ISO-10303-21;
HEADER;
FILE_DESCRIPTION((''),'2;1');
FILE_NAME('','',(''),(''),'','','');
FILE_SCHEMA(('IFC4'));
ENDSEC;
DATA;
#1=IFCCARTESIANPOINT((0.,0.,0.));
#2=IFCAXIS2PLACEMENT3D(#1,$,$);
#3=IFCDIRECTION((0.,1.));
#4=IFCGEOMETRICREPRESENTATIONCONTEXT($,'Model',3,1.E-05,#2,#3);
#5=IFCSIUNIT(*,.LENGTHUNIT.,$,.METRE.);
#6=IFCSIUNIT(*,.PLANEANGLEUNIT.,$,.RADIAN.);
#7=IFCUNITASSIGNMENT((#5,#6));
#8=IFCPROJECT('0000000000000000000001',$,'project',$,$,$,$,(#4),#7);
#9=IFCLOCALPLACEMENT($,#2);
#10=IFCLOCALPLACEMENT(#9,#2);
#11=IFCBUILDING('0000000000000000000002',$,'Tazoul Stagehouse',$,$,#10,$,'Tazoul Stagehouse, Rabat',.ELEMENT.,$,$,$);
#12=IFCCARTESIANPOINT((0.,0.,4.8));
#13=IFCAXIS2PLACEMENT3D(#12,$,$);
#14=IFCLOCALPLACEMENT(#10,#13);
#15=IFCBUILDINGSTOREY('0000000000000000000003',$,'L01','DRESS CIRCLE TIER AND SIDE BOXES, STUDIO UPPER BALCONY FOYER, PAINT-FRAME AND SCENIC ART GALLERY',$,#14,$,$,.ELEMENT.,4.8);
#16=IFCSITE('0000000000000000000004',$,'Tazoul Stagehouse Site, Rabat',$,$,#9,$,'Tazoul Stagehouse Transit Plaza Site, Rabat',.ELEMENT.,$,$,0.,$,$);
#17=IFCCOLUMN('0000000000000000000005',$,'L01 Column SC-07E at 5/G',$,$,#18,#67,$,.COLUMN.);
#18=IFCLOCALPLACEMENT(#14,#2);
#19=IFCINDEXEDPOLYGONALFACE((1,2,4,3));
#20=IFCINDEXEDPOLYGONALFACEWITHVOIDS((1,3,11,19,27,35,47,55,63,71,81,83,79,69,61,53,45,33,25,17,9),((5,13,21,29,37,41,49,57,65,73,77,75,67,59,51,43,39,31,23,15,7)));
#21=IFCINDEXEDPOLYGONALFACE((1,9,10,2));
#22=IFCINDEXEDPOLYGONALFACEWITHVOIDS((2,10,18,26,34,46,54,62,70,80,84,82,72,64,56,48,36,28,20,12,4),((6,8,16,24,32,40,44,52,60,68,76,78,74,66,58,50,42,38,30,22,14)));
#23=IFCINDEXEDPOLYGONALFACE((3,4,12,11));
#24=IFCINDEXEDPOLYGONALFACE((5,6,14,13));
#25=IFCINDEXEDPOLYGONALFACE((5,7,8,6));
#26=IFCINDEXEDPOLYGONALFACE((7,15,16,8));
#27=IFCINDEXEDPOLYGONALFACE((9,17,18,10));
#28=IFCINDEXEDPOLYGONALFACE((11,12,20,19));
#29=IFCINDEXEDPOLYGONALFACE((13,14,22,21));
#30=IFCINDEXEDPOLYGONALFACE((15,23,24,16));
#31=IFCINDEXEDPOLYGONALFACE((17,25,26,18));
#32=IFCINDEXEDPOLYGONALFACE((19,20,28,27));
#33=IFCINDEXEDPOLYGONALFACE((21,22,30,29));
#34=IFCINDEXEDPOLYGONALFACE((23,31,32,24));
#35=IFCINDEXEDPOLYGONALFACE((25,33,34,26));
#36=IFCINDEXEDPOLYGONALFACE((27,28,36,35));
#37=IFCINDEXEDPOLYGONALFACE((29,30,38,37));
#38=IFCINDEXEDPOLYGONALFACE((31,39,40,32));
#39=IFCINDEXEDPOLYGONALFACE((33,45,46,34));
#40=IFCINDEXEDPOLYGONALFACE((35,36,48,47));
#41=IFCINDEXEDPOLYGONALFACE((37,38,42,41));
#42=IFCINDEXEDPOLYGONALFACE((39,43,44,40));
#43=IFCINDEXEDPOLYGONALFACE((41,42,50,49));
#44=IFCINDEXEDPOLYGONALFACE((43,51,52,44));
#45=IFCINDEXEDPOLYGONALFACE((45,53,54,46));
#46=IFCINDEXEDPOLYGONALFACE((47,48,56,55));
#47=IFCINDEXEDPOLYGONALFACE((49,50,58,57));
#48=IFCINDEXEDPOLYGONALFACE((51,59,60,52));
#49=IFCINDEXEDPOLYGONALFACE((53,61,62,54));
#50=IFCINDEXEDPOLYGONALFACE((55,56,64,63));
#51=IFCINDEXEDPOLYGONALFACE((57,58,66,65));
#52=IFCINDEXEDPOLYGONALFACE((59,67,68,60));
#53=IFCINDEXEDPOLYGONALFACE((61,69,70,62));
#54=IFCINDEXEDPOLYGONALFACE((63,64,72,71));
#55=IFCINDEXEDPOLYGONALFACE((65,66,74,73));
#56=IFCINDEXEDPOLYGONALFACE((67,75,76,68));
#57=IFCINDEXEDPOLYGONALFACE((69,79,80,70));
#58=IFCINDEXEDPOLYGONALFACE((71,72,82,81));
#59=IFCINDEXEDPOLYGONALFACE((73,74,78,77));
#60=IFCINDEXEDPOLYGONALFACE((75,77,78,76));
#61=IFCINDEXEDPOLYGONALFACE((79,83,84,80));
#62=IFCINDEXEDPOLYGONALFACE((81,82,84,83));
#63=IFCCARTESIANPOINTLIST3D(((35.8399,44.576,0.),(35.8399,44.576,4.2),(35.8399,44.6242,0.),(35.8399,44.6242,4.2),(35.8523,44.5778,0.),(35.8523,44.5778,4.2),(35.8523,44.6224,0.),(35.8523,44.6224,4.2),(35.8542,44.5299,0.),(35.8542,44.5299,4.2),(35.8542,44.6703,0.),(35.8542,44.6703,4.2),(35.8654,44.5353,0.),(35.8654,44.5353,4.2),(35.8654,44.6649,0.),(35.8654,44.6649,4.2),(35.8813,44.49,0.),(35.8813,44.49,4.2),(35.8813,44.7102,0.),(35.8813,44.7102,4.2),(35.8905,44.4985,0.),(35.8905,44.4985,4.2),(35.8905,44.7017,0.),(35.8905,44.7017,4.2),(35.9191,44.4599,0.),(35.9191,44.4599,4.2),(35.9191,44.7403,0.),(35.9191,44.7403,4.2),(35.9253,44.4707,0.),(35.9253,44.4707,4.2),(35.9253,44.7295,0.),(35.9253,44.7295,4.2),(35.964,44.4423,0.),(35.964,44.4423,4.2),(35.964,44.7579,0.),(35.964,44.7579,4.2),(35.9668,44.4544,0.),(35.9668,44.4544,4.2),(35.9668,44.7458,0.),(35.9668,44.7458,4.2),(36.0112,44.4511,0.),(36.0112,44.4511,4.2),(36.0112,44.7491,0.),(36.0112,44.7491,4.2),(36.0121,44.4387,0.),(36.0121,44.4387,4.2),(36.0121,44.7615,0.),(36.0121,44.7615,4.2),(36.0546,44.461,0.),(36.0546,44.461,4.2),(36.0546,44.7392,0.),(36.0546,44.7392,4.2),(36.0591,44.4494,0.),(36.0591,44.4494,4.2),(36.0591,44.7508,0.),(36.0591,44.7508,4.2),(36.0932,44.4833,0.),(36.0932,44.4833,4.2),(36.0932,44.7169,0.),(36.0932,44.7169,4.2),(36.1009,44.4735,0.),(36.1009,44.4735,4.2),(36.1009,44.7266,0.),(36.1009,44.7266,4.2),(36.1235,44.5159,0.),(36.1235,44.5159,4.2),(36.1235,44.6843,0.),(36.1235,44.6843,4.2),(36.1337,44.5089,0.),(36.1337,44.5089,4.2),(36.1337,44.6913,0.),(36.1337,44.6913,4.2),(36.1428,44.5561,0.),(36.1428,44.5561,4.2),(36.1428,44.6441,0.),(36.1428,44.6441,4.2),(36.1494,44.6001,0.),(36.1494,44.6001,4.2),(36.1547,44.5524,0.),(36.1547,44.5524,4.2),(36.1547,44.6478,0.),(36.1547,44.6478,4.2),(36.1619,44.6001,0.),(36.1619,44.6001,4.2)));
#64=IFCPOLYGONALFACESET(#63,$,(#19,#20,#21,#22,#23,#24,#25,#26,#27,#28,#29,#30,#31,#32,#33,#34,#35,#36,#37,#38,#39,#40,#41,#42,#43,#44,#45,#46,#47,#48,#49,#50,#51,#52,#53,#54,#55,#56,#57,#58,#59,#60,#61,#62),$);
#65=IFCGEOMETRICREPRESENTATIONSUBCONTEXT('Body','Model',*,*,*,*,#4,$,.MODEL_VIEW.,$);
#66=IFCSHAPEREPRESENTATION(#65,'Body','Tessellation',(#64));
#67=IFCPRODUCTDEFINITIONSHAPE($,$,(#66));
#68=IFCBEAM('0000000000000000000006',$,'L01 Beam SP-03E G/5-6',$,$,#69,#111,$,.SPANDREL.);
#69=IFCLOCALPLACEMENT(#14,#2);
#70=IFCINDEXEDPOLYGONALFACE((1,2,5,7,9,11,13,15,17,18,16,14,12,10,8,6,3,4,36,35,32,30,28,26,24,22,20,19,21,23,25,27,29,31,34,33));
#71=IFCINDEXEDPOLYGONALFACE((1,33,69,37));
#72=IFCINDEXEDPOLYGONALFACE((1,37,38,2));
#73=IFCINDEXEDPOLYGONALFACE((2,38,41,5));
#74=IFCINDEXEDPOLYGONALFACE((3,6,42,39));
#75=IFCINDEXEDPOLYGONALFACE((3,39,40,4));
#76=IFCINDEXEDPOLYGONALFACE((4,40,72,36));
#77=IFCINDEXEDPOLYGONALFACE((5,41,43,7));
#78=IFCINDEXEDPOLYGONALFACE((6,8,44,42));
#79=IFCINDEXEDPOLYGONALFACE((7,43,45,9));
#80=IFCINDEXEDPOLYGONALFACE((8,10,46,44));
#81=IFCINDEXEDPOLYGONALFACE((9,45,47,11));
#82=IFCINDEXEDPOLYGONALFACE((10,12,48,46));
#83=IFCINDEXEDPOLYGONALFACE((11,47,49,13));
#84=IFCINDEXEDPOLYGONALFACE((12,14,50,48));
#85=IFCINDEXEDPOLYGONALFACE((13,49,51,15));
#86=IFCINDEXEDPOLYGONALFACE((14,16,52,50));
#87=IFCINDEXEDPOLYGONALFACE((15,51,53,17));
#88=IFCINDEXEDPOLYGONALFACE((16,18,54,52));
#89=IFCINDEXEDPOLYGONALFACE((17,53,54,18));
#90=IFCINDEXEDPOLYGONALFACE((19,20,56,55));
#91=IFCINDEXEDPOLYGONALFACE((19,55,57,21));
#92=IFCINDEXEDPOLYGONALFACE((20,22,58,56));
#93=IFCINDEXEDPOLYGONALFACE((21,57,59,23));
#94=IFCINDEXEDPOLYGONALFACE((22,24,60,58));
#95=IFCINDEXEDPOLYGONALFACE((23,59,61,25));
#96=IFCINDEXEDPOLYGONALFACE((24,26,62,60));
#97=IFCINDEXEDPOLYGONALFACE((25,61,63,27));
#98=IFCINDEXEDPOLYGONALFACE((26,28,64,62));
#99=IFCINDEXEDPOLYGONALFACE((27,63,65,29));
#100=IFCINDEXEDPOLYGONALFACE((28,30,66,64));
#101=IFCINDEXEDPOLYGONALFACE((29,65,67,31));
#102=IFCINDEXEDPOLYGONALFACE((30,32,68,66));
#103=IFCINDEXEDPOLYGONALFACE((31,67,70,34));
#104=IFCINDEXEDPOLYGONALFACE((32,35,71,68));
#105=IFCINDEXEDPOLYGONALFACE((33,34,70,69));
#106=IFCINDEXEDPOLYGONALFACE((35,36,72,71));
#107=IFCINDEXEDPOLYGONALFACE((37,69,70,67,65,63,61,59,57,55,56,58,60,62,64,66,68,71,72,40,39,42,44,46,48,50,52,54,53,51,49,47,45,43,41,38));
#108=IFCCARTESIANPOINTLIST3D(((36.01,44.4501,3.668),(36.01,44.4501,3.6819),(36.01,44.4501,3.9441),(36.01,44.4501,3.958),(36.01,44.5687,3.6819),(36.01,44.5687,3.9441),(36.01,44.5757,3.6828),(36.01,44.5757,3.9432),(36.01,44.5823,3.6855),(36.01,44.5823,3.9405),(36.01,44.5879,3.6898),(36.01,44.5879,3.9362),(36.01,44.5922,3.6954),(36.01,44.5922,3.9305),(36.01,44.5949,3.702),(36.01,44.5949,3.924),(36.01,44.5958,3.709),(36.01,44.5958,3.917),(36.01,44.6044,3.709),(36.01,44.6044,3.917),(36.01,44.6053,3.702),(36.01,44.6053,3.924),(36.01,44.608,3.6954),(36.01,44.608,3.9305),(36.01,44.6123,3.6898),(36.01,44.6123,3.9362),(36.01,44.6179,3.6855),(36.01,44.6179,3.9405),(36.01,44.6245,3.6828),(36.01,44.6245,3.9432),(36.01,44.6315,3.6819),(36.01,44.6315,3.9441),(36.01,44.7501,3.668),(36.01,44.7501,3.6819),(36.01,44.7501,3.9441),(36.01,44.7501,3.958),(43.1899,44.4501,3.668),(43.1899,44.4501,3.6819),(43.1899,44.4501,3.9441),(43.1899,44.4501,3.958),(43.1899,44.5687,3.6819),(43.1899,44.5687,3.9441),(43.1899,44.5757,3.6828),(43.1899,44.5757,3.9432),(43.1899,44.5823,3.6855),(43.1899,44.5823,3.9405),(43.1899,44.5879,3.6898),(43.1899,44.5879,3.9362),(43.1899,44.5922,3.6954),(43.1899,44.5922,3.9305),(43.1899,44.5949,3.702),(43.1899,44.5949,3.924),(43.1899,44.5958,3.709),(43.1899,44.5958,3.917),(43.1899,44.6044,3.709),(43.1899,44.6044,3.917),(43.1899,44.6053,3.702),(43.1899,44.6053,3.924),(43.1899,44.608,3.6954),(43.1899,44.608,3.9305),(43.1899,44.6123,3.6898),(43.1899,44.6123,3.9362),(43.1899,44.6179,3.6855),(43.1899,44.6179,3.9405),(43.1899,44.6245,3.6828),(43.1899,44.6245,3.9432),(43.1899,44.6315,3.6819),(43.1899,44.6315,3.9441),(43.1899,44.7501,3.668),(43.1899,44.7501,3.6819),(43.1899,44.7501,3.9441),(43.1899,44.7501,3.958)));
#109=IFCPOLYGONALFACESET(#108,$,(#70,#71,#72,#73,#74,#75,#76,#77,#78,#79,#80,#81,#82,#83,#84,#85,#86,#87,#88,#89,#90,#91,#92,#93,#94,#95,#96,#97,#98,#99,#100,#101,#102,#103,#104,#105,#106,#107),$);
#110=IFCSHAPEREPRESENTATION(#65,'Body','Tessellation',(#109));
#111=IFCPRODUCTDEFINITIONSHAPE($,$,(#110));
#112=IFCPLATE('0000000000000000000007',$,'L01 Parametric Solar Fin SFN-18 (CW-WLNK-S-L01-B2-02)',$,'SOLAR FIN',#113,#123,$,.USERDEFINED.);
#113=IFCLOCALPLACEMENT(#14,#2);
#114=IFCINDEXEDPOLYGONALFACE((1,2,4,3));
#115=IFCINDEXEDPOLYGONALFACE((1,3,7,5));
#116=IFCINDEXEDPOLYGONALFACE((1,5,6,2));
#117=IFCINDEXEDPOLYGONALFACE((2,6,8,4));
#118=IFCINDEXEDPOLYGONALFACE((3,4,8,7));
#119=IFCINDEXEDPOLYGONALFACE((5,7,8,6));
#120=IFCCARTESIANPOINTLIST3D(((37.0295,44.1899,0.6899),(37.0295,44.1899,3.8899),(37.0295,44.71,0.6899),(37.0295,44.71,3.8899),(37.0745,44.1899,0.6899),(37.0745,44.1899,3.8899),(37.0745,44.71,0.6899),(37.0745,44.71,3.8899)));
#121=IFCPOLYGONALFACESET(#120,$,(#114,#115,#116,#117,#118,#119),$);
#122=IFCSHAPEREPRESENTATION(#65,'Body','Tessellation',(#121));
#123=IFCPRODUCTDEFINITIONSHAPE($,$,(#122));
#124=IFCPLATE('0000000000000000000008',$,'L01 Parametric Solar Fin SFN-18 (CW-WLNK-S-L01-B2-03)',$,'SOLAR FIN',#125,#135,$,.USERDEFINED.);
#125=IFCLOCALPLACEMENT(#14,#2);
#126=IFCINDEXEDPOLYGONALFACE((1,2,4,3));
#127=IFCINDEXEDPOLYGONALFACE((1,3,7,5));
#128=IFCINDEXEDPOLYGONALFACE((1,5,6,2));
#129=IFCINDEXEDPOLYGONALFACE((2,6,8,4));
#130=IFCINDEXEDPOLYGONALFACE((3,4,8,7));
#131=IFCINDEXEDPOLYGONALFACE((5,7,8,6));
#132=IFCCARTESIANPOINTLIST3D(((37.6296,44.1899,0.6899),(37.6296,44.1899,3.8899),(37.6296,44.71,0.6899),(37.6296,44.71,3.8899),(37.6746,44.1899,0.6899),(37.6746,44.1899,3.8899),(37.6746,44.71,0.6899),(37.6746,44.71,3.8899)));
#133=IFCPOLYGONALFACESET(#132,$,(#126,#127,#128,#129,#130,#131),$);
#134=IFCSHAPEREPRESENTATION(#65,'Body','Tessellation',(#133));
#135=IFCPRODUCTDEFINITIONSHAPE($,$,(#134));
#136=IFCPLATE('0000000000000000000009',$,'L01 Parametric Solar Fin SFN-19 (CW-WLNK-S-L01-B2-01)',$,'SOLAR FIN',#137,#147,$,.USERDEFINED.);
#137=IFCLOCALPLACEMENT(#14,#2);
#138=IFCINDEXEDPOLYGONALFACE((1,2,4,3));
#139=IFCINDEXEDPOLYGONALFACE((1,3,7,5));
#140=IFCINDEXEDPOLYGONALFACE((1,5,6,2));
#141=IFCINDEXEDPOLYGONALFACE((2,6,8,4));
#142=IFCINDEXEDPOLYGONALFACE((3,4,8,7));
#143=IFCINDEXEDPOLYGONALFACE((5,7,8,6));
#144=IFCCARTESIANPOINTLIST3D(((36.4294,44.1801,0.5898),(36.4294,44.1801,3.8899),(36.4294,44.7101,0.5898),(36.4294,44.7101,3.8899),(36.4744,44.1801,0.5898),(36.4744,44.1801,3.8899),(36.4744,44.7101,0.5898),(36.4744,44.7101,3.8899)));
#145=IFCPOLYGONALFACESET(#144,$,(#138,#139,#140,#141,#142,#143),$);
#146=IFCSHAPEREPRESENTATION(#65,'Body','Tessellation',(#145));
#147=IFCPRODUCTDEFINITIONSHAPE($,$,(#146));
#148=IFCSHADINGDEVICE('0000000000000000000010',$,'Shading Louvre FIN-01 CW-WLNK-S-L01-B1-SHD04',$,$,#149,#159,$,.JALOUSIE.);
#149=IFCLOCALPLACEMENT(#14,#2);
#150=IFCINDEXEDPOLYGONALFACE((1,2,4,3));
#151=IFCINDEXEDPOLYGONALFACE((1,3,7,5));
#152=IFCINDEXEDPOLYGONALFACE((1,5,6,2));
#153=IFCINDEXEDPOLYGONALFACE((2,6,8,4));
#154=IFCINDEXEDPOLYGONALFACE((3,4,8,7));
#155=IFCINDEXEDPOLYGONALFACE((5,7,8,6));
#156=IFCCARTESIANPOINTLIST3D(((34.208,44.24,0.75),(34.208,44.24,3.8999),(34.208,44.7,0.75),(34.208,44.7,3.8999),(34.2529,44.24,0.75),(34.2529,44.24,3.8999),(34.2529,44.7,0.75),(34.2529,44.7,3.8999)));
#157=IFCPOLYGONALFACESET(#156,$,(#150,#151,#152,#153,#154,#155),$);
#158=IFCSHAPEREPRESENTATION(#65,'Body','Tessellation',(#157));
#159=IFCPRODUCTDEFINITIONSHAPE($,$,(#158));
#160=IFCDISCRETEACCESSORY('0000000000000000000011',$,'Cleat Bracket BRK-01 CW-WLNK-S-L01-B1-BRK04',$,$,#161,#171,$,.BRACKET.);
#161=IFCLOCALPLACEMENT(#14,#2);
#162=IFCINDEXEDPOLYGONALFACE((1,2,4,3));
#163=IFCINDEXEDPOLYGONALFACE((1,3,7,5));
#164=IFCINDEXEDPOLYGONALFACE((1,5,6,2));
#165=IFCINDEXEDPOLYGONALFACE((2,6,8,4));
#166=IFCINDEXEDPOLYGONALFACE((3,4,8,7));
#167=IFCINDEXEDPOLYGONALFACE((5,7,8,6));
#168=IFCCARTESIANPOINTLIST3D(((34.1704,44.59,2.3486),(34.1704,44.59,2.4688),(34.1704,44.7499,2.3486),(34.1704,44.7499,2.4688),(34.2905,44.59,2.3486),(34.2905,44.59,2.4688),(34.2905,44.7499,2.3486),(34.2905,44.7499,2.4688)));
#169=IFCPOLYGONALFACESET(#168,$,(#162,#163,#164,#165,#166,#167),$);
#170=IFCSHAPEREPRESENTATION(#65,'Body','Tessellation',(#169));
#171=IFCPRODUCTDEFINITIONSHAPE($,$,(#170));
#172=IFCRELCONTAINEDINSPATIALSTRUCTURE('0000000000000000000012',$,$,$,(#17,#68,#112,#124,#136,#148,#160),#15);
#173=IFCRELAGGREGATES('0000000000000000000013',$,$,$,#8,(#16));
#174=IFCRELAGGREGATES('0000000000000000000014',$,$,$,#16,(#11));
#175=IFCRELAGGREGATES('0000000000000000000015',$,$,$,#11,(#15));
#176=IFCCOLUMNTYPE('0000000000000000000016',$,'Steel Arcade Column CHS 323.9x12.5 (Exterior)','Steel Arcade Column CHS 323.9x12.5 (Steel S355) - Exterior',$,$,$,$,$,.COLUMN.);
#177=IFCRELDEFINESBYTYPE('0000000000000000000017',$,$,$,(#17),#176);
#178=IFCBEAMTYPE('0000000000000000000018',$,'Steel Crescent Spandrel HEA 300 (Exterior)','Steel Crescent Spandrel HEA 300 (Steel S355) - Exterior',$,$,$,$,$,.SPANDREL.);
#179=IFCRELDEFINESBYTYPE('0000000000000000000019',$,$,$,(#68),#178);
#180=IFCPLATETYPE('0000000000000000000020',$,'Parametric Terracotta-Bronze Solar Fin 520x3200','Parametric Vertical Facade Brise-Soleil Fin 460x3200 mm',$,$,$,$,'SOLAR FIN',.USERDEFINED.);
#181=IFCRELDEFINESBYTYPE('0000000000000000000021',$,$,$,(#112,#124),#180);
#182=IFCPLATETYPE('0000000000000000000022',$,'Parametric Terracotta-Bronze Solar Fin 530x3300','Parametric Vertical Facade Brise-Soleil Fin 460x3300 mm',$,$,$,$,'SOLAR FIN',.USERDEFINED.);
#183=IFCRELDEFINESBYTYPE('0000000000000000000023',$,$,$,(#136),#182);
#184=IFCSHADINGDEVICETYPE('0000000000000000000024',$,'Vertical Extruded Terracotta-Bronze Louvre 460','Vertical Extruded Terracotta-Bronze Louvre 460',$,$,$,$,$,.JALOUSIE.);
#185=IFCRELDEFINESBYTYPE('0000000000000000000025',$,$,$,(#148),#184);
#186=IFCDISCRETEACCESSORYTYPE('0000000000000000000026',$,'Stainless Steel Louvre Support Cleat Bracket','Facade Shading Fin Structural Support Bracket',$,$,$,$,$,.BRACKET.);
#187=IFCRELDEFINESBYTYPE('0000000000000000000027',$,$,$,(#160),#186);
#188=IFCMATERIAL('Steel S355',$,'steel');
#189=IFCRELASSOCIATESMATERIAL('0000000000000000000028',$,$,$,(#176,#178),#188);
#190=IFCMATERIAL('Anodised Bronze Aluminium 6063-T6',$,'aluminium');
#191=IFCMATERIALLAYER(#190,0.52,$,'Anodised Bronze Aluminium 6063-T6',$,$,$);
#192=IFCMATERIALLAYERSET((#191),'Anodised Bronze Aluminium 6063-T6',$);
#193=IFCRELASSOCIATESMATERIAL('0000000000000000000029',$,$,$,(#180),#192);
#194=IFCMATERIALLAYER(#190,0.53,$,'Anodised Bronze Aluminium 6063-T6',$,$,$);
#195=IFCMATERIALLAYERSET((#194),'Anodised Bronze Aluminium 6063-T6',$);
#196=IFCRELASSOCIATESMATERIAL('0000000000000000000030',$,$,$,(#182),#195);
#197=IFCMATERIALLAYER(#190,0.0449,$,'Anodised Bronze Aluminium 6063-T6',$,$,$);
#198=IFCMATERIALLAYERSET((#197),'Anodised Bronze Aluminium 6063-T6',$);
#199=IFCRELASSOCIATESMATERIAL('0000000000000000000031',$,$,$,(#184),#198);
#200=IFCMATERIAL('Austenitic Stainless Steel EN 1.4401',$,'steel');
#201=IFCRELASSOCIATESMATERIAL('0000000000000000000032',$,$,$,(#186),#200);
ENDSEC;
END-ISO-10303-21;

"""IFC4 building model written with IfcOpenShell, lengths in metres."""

from ifc_helpers import new_model, si_unit, direction, frame, origin, origin_2d, place, context, subcontext, project, spatial, rectangle, hollow_circle, i_section, extrude, material, layer, layer_set, material_profile, profile_set, type_object, element, save


model = new_model("IFC4")

# Units and contexts
model_context = context("Model", 3, precision=1e-05, world=origin(), true_north=direction((0.0, 1.0)))
body_context = subcontext(model_context, "Body", "Model", "MODEL_VIEW")
ifc_project = project(units=[si_unit("LENGTHUNIT", "METRE"), si_unit("PLANEANGLEUNIT", "RADIAN")], contexts=[model_context])

# Site, building, storey
site_placement = place(None, origin())
site = spatial("IfcSite", under=ifc_project, at=site_placement, Name="Tazoul Stagehouse Site, Rabat", LongName="Tazoul Stagehouse Transit Plaza Site, Rabat", CompositionType="ELEMENT", RefElevation=0.0)
building_placement = place(site_placement, origin())
building = spatial("IfcBuilding", under=site, at=building_placement, Name="Tazoul Stagehouse", LongName="Tazoul Stagehouse, Rabat", CompositionType="ELEMENT")
storey_placement = place(building_placement, frame((0.0, 0.0, 4.8)))
storey = spatial("IfcBuildingStorey", under=building, at=storey_placement, Name="L01", Description="DRESS CIRCLE TIER AND SIDE BOXES, STUDIO UPPER BALCONY FOYER, PAINT-FRAME AND SCENIC ART GALLERY", CompositionType="ELEMENT", Elevation=4.8)

# Column
ifc_material_1 = material(Name="Steel S355", Category="steel")
ifc_material_profile_1 = material_profile(ifc_material_1, hollow_circle(Radius=0.1619, WallThickness=0.0125, at=origin_2d()), Name="CHS 323.9x12.5")
ifc_profile_set_1 = profile_set([ifc_material_profile_1], Name="Steel S355")
column_type = type_object("IfcColumnType", Name="Steel Arcade Column CHS 323.9x12.5 (Exterior)", Description="Steel Arcade Column CHS 323.9x12.5 (Steel S355) - Exterior", PredefinedType="COLUMN", material=ifc_profile_set_1)
column_placement = place(storey_placement, frame((36.0, 44.6001, 0.0), z_axis=(0.0, 0.0, 1.0), x_axis=(1.0, 0.0, 0.0)))
element("IfcColumn", 1, at=column_placement, inside=storey, type_object=column_type, Name="L01 Column SC-07E at 5/G", PredefinedType="COLUMN", context=body_context, shape_type="SweptSolid", body=[
    extrude(hollow_circle(Radius=0.1619, WallThickness=0.0125, at=origin_2d()), origin(), (0.0, 0.0, 1.0), 4.2),
])

# Beam
ifc_material_profile_2 = material_profile(ifc_material_1, i_section(OverallWidth=0.3, OverallDepth=0.29, WebThickness=0.0085, FlangeThickness=0.0139, FilletRadius=0.0271, at=origin_2d()), Name="HEA 300")
ifc_profile_set_2 = profile_set([ifc_material_profile_2], Name="Steel S355")
beam_type = type_object("IfcBeamType", Name="Steel Crescent Spandrel HEA 300 (Exterior)", Description="Steel Crescent Spandrel HEA 300 (Steel S355) - Exterior", PredefinedType="SPANDREL", material=ifc_profile_set_2)
beam_placement = place(storey_placement, frame((36.01, 44.6001, 3.813), z_axis=(1.0, 0.0, 0.0), x_axis=(0.0, 1.0, 0.0)))
element("IfcBeam", 2, at=beam_placement, inside=storey, type_object=beam_type, Name="L01 Beam SP-03E G/5-6", PredefinedType="SPANDREL", context=body_context, shape_type="SweptSolid", body=[
    extrude(i_section(OverallWidth=0.3, OverallDepth=0.29, WebThickness=0.0085, FlangeThickness=0.0139, FilletRadius=0.0271, at=origin_2d()), origin(), (0.0, 0.0, 1.0), 7.1799),
])

# Plates
ifc_material_2 = material(Name="Anodised Bronze Aluminium 6063-T6", Category="aluminium")
ifc_layer_1 = layer(ifc_material_2, 0.52, Name="Anodised Bronze Aluminium 6063-T6")
ifc_layer_set_1 = layer_set([ifc_layer_1], Name="Anodised Bronze Aluminium 6063-T6")
plate_type_1 = type_object("IfcPlateType", Name="Parametric Terracotta-Bronze Solar Fin 520x3200", Description="Parametric Vertical Facade Brise-Soleil Fin 460x3200 mm", ElementType="SOLAR FIN", PredefinedType="USERDEFINED", material=ifc_layer_set_1)
for number, where, z_axis, x_axis, name in (
    (3, (37.052, 44.45, 0.6899), (0.0, 0.0, 1.0), (1.0, 0.0, 0.0), "L01 Parametric Solar Fin SFN-18 (CW-WLNK-S-L01-B2-02)"),
    (4, (37.6521, 44.45, 0.6899), (0.0, 0.0, 1.0), (1.0, 0.0, 0.0), "L01 Parametric Solar Fin SFN-18 (CW-WLNK-S-L01-B2-03)"),
):
    element("IfcPlate", number, at=place(storey_placement, frame(where, z_axis=z_axis, x_axis=x_axis)), inside=storey, type_object=plate_type_1, Name=name, ObjectType="SOLAR FIN", PredefinedType="USERDEFINED", context=body_context, shape_type="SweptSolid", body=[
        extrude(rectangle(XDim=0.0449, YDim=0.52, at=origin_2d()), origin(), (0.0, 0.0, 1.0), 3.2),
    ])
ifc_layer_2 = layer(ifc_material_2, 0.53, Name="Anodised Bronze Aluminium 6063-T6")
ifc_layer_set_2 = layer_set([ifc_layer_2], Name="Anodised Bronze Aluminium 6063-T6")
plate_type_2 = type_object("IfcPlateType", Name="Parametric Terracotta-Bronze Solar Fin 530x3300", Description="Parametric Vertical Facade Brise-Soleil Fin 460x3300 mm", ElementType="SOLAR FIN", PredefinedType="USERDEFINED", material=ifc_layer_set_2)
plate_placement = place(storey_placement, frame((36.4519, 44.4451, 0.5898), z_axis=(0.0, 0.0, 1.0), x_axis=(1.0, 0.0, 0.0)))
element("IfcPlate", 5, at=plate_placement, inside=storey, type_object=plate_type_2, Name="L01 Parametric Solar Fin SFN-19 (CW-WLNK-S-L01-B2-01)", ObjectType="SOLAR FIN", PredefinedType="USERDEFINED", context=body_context, shape_type="SweptSolid", body=[
    extrude(rectangle(XDim=0.0449, YDim=0.53, at=origin_2d()), origin(), (0.0, 0.0, 1.0), 3.3),
])

# Shading device
ifc_layer_3 = layer(ifc_material_2, 0.0449, Name="Anodised Bronze Aluminium 6063-T6")
ifc_layer_set_3 = layer_set([ifc_layer_3], Name="Anodised Bronze Aluminium 6063-T6")
shading_device_type = type_object("IfcShadingDeviceType", Name="Vertical Extruded Terracotta-Bronze Louvre 460", Description="Vertical Extruded Terracotta-Bronze Louvre 460", PredefinedType="JALOUSIE", material=ifc_layer_set_3)
shading_device_placement = place(storey_placement, frame((34.2305, 44.47, 0.75), z_axis=(0.0, 0.0, 1.0), x_axis=(1.0, 0.0, 0.0)))
element("IfcShadingDevice", 6, at=shading_device_placement, inside=storey, type_object=shading_device_type, Name="Shading Louvre FIN-01 CW-WLNK-S-L01-B1-SHD04", PredefinedType="JALOUSIE", context=body_context, shape_type="SweptSolid", body=[
    extrude(rectangle(XDim=0.0449, YDim=0.46, at=origin_2d()), origin(), (0.0, 0.0, 1.0), 3.1499),
])

# Discrete accessory
ifc_material_3 = material(Name="Austenitic Stainless Steel EN 1.4401", Category="steel")
discrete_accessory_type = type_object("IfcDiscreteAccessoryType", Name="Stainless Steel Louvre Support Cleat Bracket", Description="Facade Shading Fin Structural Support Bracket", PredefinedType="BRACKET", material=ifc_material_3)
discrete_accessory_placement = place(storey_placement, frame((34.2305, 44.6699, 2.3486), z_axis=(0.0, 0.0, 1.0), x_axis=(1.0, 0.0, 0.0)))
element("IfcDiscreteAccessory", 7, at=discrete_accessory_placement, inside=storey, type_object=discrete_accessory_type, Name="Cleat Bracket BRK-01 CW-WLNK-S-L01-B1-BRK04", PredefinedType="BRACKET", context=body_context, shape_type="SweptSolid", body=[
    extrude(rectangle(XDim=0.1201, YDim=0.1599, at=origin_2d()), origin(), (0.0, 0.0, 1.0), 0.1201),
])

save(model, "model.ifc")
